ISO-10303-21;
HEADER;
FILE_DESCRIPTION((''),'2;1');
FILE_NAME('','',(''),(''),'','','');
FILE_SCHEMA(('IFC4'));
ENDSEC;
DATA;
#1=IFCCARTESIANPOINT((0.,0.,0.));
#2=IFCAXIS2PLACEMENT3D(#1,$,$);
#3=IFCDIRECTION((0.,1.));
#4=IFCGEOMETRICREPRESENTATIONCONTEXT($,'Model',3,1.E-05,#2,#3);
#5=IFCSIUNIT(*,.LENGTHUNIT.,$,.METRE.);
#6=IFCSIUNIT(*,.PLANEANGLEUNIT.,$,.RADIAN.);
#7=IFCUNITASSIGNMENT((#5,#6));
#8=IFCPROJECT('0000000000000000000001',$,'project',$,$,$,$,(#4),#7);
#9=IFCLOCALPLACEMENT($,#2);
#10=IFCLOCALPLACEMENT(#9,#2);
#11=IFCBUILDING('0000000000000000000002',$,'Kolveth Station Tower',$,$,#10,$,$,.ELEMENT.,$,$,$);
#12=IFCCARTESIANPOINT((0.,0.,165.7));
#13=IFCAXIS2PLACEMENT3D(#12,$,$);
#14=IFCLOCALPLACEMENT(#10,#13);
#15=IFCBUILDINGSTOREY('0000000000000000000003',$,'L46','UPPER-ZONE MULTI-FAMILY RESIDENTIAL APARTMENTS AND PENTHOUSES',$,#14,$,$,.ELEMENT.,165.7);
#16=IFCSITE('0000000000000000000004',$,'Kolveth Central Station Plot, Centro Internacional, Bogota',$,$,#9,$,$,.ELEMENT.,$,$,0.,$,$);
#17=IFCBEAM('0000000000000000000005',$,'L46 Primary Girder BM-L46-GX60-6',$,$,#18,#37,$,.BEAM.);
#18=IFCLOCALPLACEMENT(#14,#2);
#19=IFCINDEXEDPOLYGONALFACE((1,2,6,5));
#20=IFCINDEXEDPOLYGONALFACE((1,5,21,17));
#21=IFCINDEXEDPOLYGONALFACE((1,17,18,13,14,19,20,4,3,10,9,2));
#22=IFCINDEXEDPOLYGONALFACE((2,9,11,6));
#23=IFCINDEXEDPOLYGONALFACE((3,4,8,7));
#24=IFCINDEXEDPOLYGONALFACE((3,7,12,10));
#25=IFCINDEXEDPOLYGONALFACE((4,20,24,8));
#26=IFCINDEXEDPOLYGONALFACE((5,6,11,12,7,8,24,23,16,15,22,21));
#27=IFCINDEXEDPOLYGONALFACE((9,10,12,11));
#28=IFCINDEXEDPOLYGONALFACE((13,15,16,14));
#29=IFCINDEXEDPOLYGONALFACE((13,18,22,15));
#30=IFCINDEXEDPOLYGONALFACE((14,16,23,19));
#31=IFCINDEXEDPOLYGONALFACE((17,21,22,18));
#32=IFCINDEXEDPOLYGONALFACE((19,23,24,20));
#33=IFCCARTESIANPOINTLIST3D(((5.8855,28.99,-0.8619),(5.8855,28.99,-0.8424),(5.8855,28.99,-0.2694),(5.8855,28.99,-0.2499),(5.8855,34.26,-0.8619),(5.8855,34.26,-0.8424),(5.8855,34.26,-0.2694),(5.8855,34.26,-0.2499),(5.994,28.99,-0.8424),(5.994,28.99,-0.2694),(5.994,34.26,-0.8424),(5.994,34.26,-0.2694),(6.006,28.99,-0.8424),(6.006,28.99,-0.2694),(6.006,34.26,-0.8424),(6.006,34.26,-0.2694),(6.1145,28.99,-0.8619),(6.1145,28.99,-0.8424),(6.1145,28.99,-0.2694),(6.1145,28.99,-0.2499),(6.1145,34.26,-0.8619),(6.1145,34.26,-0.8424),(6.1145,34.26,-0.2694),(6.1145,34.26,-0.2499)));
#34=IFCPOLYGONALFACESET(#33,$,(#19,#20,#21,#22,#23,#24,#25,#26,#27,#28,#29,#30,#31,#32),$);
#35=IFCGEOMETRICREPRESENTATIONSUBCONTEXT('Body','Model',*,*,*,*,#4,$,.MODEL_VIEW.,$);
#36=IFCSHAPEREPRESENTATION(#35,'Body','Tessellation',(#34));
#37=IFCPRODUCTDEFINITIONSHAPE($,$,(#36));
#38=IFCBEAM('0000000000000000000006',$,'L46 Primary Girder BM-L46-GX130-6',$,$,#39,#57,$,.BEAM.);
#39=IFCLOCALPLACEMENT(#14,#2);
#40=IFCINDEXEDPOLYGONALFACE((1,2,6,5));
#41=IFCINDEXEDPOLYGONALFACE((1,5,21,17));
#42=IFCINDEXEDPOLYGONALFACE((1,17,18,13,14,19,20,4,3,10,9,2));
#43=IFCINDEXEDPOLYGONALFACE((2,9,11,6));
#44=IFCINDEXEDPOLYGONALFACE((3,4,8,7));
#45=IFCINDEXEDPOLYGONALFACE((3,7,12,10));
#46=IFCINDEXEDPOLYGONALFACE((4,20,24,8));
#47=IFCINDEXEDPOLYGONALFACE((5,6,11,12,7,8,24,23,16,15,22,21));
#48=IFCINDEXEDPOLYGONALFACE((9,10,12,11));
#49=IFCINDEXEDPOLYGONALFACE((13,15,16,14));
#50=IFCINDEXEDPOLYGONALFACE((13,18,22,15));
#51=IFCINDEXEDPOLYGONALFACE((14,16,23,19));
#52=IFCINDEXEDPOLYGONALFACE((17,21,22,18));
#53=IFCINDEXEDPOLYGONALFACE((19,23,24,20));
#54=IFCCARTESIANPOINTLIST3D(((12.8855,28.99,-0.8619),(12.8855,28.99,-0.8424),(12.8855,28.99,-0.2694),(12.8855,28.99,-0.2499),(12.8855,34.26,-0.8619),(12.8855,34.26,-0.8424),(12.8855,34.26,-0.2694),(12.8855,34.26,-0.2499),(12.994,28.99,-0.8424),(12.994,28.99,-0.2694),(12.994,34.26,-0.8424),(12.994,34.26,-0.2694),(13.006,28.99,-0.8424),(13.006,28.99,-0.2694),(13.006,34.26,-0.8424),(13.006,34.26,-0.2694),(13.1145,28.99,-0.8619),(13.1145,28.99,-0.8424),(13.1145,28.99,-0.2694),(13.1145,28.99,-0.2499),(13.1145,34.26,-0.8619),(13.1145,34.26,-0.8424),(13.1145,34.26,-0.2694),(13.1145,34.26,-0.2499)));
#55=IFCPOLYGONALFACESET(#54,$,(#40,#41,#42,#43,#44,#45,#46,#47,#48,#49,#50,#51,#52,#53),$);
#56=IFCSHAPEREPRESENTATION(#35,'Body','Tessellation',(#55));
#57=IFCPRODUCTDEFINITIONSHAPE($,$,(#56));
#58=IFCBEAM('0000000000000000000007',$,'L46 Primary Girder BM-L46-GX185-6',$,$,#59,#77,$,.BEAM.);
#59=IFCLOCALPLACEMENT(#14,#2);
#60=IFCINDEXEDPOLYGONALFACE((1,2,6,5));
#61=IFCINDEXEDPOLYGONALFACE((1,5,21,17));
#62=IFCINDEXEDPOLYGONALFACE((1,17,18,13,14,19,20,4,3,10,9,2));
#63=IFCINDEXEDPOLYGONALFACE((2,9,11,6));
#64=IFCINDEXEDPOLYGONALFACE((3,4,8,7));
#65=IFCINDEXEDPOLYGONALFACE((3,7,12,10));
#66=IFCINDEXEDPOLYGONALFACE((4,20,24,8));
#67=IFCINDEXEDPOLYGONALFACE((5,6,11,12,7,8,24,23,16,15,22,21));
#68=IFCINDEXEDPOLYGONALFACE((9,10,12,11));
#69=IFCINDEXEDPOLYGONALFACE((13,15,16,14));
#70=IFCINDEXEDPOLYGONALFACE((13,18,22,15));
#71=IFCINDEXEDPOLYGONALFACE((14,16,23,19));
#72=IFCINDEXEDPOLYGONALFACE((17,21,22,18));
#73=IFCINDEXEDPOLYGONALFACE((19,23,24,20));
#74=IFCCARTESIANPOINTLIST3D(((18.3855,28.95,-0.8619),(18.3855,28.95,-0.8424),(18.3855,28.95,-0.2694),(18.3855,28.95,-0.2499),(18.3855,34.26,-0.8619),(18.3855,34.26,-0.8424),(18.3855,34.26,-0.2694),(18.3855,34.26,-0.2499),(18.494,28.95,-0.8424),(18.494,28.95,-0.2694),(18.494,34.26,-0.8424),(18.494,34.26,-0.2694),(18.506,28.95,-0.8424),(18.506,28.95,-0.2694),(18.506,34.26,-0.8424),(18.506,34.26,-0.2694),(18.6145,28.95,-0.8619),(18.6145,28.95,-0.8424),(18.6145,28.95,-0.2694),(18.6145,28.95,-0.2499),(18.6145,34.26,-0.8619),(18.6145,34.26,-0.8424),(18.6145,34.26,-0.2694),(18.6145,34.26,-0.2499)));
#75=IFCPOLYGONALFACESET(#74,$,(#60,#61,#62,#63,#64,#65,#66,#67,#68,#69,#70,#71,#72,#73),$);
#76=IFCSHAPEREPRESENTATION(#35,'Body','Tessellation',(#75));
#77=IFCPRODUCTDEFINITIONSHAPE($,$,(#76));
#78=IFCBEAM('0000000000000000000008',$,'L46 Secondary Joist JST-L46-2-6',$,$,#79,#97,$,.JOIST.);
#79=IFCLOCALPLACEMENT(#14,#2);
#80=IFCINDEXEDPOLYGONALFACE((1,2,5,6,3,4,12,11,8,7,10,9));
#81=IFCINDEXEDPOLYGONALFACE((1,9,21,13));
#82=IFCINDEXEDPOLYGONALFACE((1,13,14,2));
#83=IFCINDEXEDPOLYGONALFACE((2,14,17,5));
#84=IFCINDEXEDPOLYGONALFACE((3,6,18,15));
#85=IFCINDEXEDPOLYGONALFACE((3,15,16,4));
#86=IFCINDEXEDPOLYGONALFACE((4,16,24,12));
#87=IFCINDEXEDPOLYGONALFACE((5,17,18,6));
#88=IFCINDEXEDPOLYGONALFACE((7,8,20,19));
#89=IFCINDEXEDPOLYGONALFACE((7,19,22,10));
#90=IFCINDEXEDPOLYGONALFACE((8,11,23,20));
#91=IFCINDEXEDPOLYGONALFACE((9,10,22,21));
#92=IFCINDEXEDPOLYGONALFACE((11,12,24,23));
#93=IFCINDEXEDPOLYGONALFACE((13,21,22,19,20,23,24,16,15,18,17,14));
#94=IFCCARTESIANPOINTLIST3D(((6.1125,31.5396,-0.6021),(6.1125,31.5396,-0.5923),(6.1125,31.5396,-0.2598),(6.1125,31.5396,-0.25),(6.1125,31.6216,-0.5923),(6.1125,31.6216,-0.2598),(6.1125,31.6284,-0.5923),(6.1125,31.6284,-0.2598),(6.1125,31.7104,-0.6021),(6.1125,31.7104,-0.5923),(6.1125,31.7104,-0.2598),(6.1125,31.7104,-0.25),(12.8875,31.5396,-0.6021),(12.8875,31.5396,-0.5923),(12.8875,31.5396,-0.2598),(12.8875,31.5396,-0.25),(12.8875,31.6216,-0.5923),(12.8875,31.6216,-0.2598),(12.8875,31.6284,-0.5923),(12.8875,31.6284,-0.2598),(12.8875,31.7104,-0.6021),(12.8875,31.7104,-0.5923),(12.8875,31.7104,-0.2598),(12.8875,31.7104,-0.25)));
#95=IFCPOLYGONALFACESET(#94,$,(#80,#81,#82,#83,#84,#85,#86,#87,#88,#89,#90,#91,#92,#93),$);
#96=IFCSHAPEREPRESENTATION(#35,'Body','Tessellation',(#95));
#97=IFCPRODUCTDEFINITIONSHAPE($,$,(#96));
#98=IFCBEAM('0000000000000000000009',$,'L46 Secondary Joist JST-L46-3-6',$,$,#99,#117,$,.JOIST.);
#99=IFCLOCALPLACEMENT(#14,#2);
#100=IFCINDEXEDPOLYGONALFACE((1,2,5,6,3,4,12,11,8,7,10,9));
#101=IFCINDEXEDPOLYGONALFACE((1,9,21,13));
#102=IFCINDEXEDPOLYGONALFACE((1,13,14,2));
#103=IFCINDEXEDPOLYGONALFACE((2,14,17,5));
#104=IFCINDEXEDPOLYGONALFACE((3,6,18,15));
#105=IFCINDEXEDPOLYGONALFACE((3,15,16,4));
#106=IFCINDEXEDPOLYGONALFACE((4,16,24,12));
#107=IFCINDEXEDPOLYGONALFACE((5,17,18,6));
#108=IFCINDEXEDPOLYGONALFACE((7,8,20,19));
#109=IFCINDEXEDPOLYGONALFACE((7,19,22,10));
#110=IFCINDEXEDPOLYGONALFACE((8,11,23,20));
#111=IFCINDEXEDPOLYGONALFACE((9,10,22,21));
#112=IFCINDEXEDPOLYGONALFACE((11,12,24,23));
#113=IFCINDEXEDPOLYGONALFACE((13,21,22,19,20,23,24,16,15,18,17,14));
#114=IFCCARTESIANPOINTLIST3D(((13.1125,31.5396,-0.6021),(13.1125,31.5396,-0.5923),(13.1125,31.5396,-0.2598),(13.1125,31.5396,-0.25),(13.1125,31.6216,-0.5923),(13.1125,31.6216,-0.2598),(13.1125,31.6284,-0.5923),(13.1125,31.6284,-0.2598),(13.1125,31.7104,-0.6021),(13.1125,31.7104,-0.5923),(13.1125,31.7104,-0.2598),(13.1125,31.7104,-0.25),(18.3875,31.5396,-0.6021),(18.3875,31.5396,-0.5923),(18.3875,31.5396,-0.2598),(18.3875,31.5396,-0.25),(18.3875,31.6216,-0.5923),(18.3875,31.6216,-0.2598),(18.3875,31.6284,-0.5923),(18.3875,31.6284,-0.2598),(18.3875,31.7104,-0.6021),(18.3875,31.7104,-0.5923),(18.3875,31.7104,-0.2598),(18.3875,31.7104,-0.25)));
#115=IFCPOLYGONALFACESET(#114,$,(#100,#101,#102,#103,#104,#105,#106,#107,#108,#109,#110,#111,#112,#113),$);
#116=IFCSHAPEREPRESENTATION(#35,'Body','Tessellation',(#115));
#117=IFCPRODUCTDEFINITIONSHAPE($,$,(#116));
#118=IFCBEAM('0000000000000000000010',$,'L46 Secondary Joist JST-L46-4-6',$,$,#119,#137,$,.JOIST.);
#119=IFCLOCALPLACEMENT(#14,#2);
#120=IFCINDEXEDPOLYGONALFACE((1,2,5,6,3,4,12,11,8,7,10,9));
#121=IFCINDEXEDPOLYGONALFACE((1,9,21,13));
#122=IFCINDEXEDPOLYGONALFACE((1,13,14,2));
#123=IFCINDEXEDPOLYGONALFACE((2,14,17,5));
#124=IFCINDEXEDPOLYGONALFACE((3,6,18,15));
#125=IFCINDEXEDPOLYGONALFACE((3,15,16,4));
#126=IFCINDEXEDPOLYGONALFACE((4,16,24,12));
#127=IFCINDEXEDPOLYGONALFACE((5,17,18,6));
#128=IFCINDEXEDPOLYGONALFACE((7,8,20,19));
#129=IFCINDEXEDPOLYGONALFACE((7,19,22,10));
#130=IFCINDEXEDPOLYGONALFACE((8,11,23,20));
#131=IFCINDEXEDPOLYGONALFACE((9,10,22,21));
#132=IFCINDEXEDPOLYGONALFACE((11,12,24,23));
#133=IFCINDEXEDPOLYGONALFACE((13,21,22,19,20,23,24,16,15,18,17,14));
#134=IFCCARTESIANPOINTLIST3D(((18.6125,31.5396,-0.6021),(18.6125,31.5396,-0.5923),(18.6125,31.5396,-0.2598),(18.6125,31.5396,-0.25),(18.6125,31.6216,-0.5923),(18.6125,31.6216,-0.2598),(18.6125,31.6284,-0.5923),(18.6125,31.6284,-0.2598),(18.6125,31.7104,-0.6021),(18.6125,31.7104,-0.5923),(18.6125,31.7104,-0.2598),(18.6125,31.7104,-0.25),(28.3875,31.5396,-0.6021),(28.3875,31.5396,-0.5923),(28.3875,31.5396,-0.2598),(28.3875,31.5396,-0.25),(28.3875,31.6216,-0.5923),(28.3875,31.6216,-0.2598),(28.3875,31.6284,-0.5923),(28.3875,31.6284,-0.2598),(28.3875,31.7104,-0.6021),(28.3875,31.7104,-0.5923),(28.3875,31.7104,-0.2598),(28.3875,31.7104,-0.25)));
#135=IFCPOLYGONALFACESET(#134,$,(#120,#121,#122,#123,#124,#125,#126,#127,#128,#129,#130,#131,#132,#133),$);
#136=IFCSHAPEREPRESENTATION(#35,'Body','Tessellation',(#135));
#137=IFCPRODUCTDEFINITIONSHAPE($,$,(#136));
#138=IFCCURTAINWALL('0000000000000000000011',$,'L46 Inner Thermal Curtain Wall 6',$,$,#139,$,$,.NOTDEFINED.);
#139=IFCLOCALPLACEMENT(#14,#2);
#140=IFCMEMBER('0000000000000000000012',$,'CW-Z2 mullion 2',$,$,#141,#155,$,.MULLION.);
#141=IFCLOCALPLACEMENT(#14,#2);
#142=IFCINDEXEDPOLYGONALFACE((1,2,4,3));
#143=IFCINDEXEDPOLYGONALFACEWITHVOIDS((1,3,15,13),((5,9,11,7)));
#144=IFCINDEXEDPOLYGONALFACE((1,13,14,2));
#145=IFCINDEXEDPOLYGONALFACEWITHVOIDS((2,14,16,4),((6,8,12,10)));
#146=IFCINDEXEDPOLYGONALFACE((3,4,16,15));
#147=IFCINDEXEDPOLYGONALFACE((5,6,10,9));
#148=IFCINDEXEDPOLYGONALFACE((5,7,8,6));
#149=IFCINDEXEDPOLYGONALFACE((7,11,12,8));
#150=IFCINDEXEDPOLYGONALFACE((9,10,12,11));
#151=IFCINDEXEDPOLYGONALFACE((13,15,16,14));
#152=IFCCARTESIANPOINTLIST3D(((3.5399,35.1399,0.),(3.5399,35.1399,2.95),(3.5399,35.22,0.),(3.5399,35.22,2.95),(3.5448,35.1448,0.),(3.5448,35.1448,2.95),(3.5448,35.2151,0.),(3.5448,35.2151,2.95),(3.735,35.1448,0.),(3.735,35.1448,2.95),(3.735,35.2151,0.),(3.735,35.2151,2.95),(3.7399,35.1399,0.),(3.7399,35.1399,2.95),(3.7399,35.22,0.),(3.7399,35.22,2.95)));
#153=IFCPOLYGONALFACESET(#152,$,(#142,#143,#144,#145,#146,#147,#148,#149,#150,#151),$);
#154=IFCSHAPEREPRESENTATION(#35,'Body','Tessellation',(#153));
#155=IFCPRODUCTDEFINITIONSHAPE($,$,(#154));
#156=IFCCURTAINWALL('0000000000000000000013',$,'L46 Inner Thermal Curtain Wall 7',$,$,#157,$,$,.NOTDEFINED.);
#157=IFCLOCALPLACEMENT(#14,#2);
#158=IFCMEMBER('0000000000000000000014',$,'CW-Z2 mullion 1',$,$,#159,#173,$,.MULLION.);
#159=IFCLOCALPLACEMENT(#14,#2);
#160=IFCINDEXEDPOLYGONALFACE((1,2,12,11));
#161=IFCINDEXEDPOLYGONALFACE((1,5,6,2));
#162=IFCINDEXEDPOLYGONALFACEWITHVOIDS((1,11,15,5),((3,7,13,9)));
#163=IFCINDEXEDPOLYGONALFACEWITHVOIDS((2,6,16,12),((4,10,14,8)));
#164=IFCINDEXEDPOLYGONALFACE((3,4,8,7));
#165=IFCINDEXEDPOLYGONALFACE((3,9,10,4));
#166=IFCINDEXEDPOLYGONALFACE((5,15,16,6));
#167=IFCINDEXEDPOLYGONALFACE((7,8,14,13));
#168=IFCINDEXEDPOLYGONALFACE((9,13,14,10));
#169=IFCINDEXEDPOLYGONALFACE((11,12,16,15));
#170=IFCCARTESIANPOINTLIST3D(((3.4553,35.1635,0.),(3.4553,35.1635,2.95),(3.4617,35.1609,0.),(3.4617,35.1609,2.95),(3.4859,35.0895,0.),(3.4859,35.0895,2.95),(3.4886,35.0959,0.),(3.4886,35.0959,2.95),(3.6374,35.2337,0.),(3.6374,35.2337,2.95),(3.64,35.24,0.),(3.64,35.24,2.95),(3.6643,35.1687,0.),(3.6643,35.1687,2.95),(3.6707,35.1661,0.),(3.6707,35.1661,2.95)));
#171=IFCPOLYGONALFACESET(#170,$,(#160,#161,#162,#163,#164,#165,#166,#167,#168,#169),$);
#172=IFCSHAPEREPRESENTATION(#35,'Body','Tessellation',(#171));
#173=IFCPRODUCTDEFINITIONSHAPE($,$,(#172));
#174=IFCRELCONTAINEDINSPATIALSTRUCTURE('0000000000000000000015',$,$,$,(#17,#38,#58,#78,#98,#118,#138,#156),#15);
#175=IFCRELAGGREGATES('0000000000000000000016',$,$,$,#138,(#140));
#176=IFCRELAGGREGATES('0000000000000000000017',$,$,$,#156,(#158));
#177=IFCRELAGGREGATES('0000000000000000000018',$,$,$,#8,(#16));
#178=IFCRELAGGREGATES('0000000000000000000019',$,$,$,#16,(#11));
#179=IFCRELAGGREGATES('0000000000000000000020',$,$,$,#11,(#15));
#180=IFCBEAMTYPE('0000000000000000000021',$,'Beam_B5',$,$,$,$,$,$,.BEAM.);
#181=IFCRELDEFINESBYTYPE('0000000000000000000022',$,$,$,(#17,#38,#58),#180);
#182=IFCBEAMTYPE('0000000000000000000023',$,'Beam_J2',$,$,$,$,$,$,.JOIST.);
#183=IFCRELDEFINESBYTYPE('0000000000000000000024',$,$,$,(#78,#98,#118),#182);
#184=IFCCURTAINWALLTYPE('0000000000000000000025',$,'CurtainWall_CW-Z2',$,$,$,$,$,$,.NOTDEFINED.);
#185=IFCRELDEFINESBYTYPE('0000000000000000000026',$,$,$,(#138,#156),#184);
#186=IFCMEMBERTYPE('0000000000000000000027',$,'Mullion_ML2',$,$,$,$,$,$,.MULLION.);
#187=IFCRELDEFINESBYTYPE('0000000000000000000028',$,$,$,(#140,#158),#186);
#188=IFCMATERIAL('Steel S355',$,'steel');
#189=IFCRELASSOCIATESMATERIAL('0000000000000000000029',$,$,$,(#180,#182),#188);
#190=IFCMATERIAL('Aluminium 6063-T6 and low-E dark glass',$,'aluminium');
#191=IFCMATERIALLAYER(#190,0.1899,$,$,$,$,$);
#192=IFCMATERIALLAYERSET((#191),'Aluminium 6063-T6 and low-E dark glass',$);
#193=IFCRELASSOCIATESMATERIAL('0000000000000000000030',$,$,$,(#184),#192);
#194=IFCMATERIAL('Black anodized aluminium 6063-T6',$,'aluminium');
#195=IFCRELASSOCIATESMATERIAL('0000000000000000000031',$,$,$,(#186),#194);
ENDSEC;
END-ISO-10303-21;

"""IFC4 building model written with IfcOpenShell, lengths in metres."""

from ifc_helpers import new_model, si_unit, direction, frame, origin, origin_2d, place, context, subcontext, project, spatial, hollow_rectangle, i_section, extrude, source, transform, mapped, material, layer, layer_set, material_profile, profile_set, type_object, element, aggregate, save


model = new_model("IFC4")

# Units and contexts
model_context = context("Model", 3, precision=1e-05, world=origin(), true_north=direction((0.0, 1.0)))
body_context = subcontext(model_context, "Body", "Model", "MODEL_VIEW")
ifc_project = project(units=[si_unit("LENGTHUNIT", "METRE"), si_unit("PLANEANGLEUNIT", "RADIAN")], contexts=[model_context])

# Site, building, storey
site_placement = place(None, origin())
site = spatial("IfcSite", under=ifc_project, at=site_placement, Name="Kolveth Central Station Plot, Centro Internacional, Bogota", CompositionType="ELEMENT", RefElevation=0.0)
building_placement = place(site_placement, origin())
building = spatial("IfcBuilding", under=site, at=building_placement, Name="Kolveth Station Tower", CompositionType="ELEMENT")
storey_placement = place(building_placement, frame((0.0, 0.0, 165.7)))
storey = spatial("IfcBuildingStorey", under=building, at=storey_placement, Name="L46", Description="UPPER-ZONE MULTI-FAMILY RESIDENTIAL APARTMENTS AND PENTHOUSES", CompositionType="ELEMENT", Elevation=165.7)

# Shared definitions
ifc_material_1 = material(Name="Steel S355", Category="steel")

# Beams
ifc_material_profile_1 = material_profile(ifc_material_1, i_section(OverallWidth=0.229, OverallDepth=0.6121, WebThickness=0.012, FlangeThickness=0.0195, at=origin_2d()), Name="W610x125")
ifc_profile_set_1 = profile_set([ifc_material_profile_1], Name="Steel S355")
beam_type_1 = type_object("IfcBeamType", Name="Beam_B5", PredefinedType="BEAM", material=ifc_profile_set_1)
shared_shape_1 = source(origin(), body_context, "Body", "SweptSolid", [
    extrude(i_section(OverallWidth=0.229, OverallDepth=0.6121, WebThickness=0.012, FlangeThickness=0.0195, at=origin_2d()), origin(), (0.0, 0.0, 1.0), 5.27),
])
for number, where, z_axis, x_axis, name in (
    (1, (6.0, 28.99, -0.5559), (0.0, 1.0, 0.0), (-1.0, 0.0, 0.0), "L46 Primary Girder BM-L46-GX60-6"),
    (2, (13.0, 28.99, -0.5559), (0.0, 1.0, 0.0), (-1.0, 0.0, 0.0), "L46 Primary Girder BM-L46-GX130-6"),
):
    element("IfcBeam", number, at=place(storey_placement, frame(where, z_axis=z_axis, x_axis=x_axis)), inside=storey, type_object=beam_type_1, Name=name, PredefinedType="BEAM", context=body_context, shape_type="MappedRepresentation", body=[
        mapped(shared_shape_1, transform((0.0, 0.0, 0.0), x_axis=(1.0, 0.0, 0.0), y_axis=(0.0, 1.0, 0.0), z_axis=(0.0, 0.0, 1.0), scale=1.0)),
    ])
shared_shape_2 = source(origin(), body_context, "Body", "SweptSolid", [
    extrude(i_section(OverallWidth=0.229, OverallDepth=0.6121, WebThickness=0.012, FlangeThickness=0.0195, at=origin_2d()), origin(), (0.0, 0.0, 1.0), 5.3101),
])
beam_1_placement = place(storey_placement, frame((18.5, 28.95, -0.5559), z_axis=(0.0, 1.0, 0.0), x_axis=(-1.0, 0.0, 0.0)))
element("IfcBeam", 3, at=beam_1_placement, inside=storey, type_object=beam_type_1, Name="L46 Primary Girder BM-L46-GX185-6", PredefinedType="BEAM", context=body_context, shape_type="MappedRepresentation", body=[
    mapped(shared_shape_2, transform((0.0, 0.0, 0.0), x_axis=(1.0, 0.0, 0.0), y_axis=(0.0, 1.0, 0.0), z_axis=(0.0, 0.0, 1.0), scale=1.0)),
])
ifc_material_profile_2 = material_profile(ifc_material_1, i_section(OverallWidth=0.1709, OverallDepth=0.3521, WebThickness=0.0068, FlangeThickness=0.0098, at=origin_2d()), Name="W360x44")
ifc_profile_set_2 = profile_set([ifc_material_profile_2], Name="Steel S355")
beam_type_2 = type_object("IfcBeamType", Name="Beam_J2", PredefinedType="JOIST", material=ifc_profile_set_2)
shared_shape_3 = source(origin(), body_context, "Body", "SweptSolid", [
    extrude(i_section(OverallWidth=0.1709, OverallDepth=0.3521, WebThickness=0.0068, FlangeThickness=0.0098, at=origin_2d()), origin(), (0.0, 0.0, 1.0), 6.7749),
])
beam_2_placement = place(storey_placement, frame((6.1125, 31.625, -0.426), z_axis=(1.0, 0.0, 0.0), x_axis=(0.0, 1.0, 0.0)))
element("IfcBeam", 4, at=beam_2_placement, inside=storey, type_object=beam_type_2, Name="L46 Secondary Joist JST-L46-2-6", PredefinedType="JOIST", context=body_context, shape_type="MappedRepresentation", body=[
    mapped(shared_shape_3, transform((0.0, 0.0, 0.0), x_axis=(1.0, 0.0, 0.0), y_axis=(0.0, 1.0, 0.0), z_axis=(0.0, 0.0, 1.0), scale=1.0)),
])
shared_shape_4 = source(origin(), body_context, "Body", "SweptSolid", [
    extrude(i_section(OverallWidth=0.1709, OverallDepth=0.3521, WebThickness=0.0068, FlangeThickness=0.0098, at=origin_2d()), origin(), (0.0, 0.0, 1.0), 5.2749),
])
beam_3_placement = place(storey_placement, frame((13.1125, 31.625, -0.426), z_axis=(1.0, 0.0, 0.0), x_axis=(0.0, 1.0, 0.0)))
element("IfcBeam", 5, at=beam_3_placement, inside=storey, type_object=beam_type_2, Name="L46 Secondary Joist JST-L46-3-6", PredefinedType="JOIST", context=body_context, shape_type="MappedRepresentation", body=[
    mapped(shared_shape_4, transform((0.0, 0.0, 0.0), x_axis=(1.0, 0.0, 0.0), y_axis=(0.0, 1.0, 0.0), z_axis=(0.0, 0.0, 1.0), scale=1.0)),
])
shared_shape_5 = source(origin(), body_context, "Body", "SweptSolid", [
    extrude(i_section(OverallWidth=0.1709, OverallDepth=0.3521, WebThickness=0.0068, FlangeThickness=0.0098, at=origin_2d()), origin(), (0.0, 0.0, 1.0), 9.7749),
])
beam_4_placement = place(storey_placement, frame((18.6125, 31.625, -0.426), z_axis=(1.0, 0.0, 0.0), x_axis=(0.0, 1.0, 0.0)))
element("IfcBeam", 6, at=beam_4_placement, inside=storey, type_object=beam_type_2, Name="L46 Secondary Joist JST-L46-4-6", PredefinedType="JOIST", context=body_context, shape_type="MappedRepresentation", body=[
    mapped(shared_shape_5, transform((0.0, 0.0, 0.0), x_axis=(1.0, 0.0, 0.0), y_axis=(0.0, 1.0, 0.0), z_axis=(0.0, 0.0, 1.0), scale=1.0)),
])

# Curtain wall, member
ifc_material_2 = material(Name="Aluminium 6063-T6 and low-E dark glass", Category="aluminium")
ifc_layer_1 = layer(ifc_material_2, 0.1899)
ifc_layer_set_1 = layer_set([ifc_layer_1], Name="Aluminium 6063-T6 and low-E dark glass")
curtain_wall_type = type_object("IfcCurtainWallType", Name="CurtainWall_CW-Z2", PredefinedType="NOTDEFINED", material=ifc_layer_set_1)
curtain_wall_1_placement = place(storey_placement, origin())
curtain_wall_1 = element("IfcCurtainWall", 7, at=curtain_wall_1_placement, inside=storey, type_object=curtain_wall_type, Name="L46 Inner Thermal Curtain Wall 6", PredefinedType="NOTDEFINED")
ifc_material_3 = material(Name="Black anodized aluminium 6063-T6", Category="aluminium")
ifc_material_profile_3 = material_profile(ifc_material_3, hollow_rectangle(XDim=0.0801, YDim=0.2, WallThickness=0.0049, at=origin_2d()), Name="ALU-80x200x5")
ifc_profile_set_3 = profile_set([ifc_material_profile_3], Name="Black anodized aluminium 6063-T6")
member_type_1 = type_object("IfcMemberType", Name="Mullion_ML2", PredefinedType="MULLION", material=ifc_profile_set_3)
shared_shape_6 = source(origin(), body_context, "Body", "SweptSolid", [
    extrude(hollow_rectangle(XDim=0.0801, YDim=0.2, WallThickness=0.0049, at=origin_2d()), origin(), (0.0, 0.0, 1.0), 2.95),
])
member_1_placement = place(storey_placement, frame((3.6399, 35.1799, 0.0), z_axis=(0.0, 0.0, 1.0), x_axis=(0.0, -1.0, 0.0)))
member_1 = element("IfcMember", 8, at=member_1_placement, type_object=member_type_1, Name="CW-Z2 mullion 2", PredefinedType="MULLION", context=body_context, shape_type="MappedRepresentation", body=[
    mapped(shared_shape_6, transform((0.0, 0.0, 0.0), x_axis=(1.0, 0.0, 0.0), y_axis=(0.0, 1.0, 0.0), z_axis=(0.0, 0.0, 1.0), scale=1.0)),
])
aggregate(curtain_wall_1, [member_1])

# Curtain wall, member
curtain_wall_2_placement = place(storey_placement, origin())
curtain_wall_2 = element("IfcCurtainWall", 9, at=curtain_wall_2_placement, inside=storey, type_object=curtain_wall_type, Name="L46 Inner Thermal Curtain Wall 7", PredefinedType="NOTDEFINED")
member_2_placement = place(storey_placement, frame((3.563, 35.1648, 0.0), z_axis=(0.0, 0.0, 1.0), x_axis=(0.382698, -0.923874, 0.0)))
member_2 = element("IfcMember", 10, at=member_2_placement, type_object=member_type_1, Name="CW-Z2 mullion 1", PredefinedType="MULLION", context=body_context, shape_type="MappedRepresentation", body=[
    mapped(shared_shape_6, transform((0.0, 0.0, 0.0), x_axis=(1.0, 0.0, 0.0), y_axis=(0.0, 1.0, 0.0), z_axis=(0.0, 0.0, 1.0), scale=1.0)),
])
aggregate(curtain_wall_2, [member_2])

save(model, "model.ifc")
